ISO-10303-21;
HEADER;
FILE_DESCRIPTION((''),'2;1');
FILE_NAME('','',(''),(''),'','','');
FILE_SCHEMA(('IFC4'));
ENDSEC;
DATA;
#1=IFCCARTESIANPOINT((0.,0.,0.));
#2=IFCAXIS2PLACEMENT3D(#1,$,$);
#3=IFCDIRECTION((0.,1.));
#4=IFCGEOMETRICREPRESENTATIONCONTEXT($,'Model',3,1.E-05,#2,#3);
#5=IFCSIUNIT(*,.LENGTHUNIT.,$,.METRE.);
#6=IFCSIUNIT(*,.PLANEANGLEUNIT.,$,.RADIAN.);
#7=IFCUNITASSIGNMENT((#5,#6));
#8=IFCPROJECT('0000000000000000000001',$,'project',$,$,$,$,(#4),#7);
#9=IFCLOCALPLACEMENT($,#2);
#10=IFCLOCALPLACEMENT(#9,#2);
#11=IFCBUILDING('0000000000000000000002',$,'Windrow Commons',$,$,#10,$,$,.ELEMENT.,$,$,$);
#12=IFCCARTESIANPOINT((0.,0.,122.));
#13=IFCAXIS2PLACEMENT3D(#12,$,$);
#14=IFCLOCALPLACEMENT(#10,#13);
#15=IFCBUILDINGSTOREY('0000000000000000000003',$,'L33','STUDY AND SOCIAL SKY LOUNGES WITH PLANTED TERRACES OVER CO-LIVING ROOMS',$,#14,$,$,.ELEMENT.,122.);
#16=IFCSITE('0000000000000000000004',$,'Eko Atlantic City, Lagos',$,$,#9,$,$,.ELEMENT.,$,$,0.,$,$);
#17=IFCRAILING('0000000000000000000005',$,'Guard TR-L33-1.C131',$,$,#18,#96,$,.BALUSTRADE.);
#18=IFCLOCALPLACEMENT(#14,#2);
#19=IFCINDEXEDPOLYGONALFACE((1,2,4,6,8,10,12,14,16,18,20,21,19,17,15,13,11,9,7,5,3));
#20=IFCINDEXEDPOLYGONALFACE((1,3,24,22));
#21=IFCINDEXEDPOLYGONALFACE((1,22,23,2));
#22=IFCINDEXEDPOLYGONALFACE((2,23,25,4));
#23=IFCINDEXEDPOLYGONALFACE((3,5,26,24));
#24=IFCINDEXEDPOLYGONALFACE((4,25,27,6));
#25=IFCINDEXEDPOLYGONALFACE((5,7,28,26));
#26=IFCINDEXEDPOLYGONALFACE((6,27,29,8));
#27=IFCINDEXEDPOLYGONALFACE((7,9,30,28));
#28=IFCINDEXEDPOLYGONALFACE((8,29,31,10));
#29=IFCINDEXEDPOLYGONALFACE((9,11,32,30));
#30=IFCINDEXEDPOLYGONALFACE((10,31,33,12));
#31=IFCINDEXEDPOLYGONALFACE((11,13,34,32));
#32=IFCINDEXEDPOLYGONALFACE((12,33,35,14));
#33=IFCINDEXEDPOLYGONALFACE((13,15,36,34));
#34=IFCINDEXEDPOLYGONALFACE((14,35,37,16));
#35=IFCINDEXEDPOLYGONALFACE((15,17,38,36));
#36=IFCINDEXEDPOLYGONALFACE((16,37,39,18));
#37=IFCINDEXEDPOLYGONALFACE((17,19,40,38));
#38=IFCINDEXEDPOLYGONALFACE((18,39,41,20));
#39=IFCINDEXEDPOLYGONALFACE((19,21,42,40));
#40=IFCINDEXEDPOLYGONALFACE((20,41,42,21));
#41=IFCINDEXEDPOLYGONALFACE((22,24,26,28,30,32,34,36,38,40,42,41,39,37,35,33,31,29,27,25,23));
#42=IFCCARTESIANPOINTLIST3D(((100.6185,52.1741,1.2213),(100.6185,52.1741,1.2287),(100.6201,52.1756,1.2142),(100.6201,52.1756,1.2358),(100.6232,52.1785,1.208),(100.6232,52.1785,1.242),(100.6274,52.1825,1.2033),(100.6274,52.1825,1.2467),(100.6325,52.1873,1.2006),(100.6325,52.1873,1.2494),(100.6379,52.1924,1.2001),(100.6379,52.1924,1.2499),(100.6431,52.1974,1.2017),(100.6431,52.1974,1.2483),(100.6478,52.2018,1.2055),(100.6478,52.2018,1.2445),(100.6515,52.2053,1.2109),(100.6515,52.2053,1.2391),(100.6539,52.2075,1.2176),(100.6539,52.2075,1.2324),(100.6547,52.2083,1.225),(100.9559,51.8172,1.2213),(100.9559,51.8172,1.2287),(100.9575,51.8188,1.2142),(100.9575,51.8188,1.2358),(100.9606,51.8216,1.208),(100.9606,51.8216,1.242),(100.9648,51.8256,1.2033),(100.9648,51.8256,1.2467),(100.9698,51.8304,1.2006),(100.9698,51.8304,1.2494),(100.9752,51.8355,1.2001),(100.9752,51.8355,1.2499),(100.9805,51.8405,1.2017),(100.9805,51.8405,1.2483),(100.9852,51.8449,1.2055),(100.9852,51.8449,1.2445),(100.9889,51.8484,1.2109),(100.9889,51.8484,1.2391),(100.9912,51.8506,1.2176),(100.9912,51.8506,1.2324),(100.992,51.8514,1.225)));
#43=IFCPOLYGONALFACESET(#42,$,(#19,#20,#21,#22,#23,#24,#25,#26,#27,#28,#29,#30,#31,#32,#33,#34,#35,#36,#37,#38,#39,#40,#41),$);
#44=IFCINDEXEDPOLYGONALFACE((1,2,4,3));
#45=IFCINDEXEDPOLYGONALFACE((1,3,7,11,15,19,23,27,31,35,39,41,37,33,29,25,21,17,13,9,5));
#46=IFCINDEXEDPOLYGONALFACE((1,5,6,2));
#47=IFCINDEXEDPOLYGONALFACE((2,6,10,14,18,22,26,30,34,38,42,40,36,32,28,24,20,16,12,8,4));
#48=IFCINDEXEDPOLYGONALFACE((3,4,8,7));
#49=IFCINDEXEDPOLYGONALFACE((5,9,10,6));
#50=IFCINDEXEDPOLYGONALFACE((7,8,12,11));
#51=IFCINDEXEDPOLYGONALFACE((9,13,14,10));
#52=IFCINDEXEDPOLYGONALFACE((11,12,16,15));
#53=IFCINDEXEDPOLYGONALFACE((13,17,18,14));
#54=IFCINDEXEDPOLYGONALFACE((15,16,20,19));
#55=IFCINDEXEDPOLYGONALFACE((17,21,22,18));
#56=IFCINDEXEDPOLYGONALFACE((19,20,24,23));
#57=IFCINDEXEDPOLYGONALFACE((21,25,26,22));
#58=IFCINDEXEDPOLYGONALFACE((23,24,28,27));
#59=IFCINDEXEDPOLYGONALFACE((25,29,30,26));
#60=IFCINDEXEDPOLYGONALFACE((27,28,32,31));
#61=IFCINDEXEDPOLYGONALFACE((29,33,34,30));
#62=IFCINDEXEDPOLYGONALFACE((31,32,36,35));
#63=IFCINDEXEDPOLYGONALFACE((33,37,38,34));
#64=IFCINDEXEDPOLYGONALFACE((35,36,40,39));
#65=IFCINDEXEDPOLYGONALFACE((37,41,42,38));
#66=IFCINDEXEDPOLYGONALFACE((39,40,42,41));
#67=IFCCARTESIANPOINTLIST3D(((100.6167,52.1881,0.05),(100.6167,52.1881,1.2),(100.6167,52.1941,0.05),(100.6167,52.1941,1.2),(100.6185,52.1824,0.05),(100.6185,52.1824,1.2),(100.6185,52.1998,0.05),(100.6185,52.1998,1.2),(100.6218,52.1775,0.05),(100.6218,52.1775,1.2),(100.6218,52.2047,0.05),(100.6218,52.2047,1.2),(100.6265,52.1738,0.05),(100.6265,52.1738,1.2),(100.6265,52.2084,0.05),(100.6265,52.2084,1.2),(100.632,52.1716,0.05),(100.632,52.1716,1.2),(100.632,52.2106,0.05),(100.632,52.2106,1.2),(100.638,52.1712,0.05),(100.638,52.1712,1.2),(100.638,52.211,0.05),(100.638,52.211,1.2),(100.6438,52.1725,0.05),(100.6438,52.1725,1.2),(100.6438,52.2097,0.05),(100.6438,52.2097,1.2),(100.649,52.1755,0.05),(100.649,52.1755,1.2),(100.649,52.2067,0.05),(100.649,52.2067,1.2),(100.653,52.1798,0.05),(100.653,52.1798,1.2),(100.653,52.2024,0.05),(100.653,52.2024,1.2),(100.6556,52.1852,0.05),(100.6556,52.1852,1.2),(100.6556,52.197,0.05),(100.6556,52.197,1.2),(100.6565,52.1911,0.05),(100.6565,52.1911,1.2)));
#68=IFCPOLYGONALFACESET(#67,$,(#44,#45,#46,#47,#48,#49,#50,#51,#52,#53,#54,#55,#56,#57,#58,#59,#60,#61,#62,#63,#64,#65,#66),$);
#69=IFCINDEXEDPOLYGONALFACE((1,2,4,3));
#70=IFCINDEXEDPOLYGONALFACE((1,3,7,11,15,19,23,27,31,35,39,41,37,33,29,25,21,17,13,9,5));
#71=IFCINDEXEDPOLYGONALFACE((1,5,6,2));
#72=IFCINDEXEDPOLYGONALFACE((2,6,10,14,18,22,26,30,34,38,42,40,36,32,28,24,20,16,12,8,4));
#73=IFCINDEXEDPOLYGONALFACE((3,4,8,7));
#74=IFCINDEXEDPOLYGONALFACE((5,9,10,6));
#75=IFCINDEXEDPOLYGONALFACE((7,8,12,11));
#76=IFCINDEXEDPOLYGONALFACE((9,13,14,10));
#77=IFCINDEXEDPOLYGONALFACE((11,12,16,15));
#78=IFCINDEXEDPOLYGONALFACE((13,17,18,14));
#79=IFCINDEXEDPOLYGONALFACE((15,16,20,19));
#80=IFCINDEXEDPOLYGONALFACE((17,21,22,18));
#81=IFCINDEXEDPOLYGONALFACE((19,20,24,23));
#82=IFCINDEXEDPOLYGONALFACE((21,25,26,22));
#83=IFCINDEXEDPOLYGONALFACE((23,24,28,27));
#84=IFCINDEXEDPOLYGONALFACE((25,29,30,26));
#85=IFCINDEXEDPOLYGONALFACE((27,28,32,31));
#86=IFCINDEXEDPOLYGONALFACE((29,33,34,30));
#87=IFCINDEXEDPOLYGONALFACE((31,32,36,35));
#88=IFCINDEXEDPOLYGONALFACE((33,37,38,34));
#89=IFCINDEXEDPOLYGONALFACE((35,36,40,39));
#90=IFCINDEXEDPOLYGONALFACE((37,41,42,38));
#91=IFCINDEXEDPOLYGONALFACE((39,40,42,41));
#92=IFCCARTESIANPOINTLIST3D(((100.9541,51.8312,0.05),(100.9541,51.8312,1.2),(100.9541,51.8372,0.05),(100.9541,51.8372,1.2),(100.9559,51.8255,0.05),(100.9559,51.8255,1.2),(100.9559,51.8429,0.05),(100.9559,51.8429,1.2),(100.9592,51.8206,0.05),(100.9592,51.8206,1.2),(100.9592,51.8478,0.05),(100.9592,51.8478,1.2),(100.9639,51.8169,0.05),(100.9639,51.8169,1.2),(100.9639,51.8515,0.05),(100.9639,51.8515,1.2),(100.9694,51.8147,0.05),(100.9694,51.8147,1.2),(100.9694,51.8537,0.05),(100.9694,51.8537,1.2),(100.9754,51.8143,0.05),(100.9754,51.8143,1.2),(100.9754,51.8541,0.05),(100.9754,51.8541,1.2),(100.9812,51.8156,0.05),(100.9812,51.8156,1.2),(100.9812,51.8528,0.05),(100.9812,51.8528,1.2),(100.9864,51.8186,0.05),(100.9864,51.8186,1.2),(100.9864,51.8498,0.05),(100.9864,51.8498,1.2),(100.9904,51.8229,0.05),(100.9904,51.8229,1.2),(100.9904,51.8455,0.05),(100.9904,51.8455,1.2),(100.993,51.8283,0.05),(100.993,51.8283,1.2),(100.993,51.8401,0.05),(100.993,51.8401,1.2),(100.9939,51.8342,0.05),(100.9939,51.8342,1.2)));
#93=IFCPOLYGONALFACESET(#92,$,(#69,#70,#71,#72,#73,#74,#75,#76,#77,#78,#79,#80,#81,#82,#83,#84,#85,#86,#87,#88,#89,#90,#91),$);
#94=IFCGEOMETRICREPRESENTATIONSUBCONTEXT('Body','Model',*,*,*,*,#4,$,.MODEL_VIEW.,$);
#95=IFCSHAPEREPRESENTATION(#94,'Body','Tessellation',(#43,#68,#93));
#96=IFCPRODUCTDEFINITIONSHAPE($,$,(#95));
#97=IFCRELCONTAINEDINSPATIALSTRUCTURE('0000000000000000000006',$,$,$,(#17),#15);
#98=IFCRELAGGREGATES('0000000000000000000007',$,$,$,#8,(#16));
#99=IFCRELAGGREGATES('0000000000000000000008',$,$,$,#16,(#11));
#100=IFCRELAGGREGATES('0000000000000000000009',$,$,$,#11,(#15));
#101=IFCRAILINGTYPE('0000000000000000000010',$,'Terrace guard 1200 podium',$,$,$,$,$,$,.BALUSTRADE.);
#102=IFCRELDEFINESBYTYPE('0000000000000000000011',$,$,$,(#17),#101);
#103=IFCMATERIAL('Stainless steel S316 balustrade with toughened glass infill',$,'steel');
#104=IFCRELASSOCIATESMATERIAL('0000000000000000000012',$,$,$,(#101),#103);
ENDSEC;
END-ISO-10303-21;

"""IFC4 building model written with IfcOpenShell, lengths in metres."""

from ifc_helpers import new_model, si_unit, direction, frame, origin, origin_2d, place, context, subcontext, project, spatial, circle, extrude, material, type_object, element, save


model = new_model("IFC4")

# Units and contexts
model_context = context("Model", 3, precision=1e-05, world=origin(), true_north=direction((0.0, 1.0)))
body_context = subcontext(model_context, "Body", "Model", "MODEL_VIEW")
ifc_project = project(units=[si_unit("LENGTHUNIT", "METRE"), si_unit("PLANEANGLEUNIT", "RADIAN")], contexts=[model_context])

# Site, building, storey
site_placement = place(None, origin())
site = spatial("IfcSite", under=ifc_project, at=site_placement, Name="Eko Atlantic City, Lagos", CompositionType="ELEMENT", RefElevation=0.0)
building_placement = place(site_placement, origin())
building = spatial("IfcBuilding", under=site, at=building_placement, Name="Windrow Commons", CompositionType="ELEMENT")
storey_placement = place(building_placement, frame((0.0, 0.0, 122.0)))
storey = spatial("IfcBuildingStorey", under=building, at=storey_placement, Name="L33", Description="STUDY AND SOCIAL SKY LOUNGES WITH PLANTED TERRACES OVER CO-LIVING ROOMS", CompositionType="ELEMENT", Elevation=122.0)

# Railing
ifc_material_1 = material(Name="Stainless steel S316 balustrade with toughened glass infill", Category="steel")
railing_type_1 = type_object("IfcRailingType", Name="Terrace guard 1200 podium", PredefinedType="BALUSTRADE", material=ifc_material_1)
railing_1_placement = place(storey_placement, frame((100.6365, 52.1911, 0.05)))
element("IfcRailing", 1, at=railing_1_placement, inside=storey, type_object=railing_type_1, Name="Guard TR-L33-1.C131", PredefinedType="BALUSTRADE", context=body_context, shape_type="SweptSolid", body=[
    extrude(circle(Radius=0.025, at=origin_2d()), frame((0.0, 0.0, 1.175), z_axis=(0.686976, -0.72668, 0.0), x_axis=(0.72668, 0.686976, 0.0)), (0.0, 0.0, 1.0), 0.4911),
    extrude(circle(Radius=0.02, at=origin_2d()), origin(), (0.0, 0.0, 1.0), 1.15),
    extrude(circle(Radius=0.02, at=origin_2d()), frame((0.3374, -0.3569, 0.0)), (0.0, 0.0, 1.0), 1.15),
])

save(model, "model.ifc")
